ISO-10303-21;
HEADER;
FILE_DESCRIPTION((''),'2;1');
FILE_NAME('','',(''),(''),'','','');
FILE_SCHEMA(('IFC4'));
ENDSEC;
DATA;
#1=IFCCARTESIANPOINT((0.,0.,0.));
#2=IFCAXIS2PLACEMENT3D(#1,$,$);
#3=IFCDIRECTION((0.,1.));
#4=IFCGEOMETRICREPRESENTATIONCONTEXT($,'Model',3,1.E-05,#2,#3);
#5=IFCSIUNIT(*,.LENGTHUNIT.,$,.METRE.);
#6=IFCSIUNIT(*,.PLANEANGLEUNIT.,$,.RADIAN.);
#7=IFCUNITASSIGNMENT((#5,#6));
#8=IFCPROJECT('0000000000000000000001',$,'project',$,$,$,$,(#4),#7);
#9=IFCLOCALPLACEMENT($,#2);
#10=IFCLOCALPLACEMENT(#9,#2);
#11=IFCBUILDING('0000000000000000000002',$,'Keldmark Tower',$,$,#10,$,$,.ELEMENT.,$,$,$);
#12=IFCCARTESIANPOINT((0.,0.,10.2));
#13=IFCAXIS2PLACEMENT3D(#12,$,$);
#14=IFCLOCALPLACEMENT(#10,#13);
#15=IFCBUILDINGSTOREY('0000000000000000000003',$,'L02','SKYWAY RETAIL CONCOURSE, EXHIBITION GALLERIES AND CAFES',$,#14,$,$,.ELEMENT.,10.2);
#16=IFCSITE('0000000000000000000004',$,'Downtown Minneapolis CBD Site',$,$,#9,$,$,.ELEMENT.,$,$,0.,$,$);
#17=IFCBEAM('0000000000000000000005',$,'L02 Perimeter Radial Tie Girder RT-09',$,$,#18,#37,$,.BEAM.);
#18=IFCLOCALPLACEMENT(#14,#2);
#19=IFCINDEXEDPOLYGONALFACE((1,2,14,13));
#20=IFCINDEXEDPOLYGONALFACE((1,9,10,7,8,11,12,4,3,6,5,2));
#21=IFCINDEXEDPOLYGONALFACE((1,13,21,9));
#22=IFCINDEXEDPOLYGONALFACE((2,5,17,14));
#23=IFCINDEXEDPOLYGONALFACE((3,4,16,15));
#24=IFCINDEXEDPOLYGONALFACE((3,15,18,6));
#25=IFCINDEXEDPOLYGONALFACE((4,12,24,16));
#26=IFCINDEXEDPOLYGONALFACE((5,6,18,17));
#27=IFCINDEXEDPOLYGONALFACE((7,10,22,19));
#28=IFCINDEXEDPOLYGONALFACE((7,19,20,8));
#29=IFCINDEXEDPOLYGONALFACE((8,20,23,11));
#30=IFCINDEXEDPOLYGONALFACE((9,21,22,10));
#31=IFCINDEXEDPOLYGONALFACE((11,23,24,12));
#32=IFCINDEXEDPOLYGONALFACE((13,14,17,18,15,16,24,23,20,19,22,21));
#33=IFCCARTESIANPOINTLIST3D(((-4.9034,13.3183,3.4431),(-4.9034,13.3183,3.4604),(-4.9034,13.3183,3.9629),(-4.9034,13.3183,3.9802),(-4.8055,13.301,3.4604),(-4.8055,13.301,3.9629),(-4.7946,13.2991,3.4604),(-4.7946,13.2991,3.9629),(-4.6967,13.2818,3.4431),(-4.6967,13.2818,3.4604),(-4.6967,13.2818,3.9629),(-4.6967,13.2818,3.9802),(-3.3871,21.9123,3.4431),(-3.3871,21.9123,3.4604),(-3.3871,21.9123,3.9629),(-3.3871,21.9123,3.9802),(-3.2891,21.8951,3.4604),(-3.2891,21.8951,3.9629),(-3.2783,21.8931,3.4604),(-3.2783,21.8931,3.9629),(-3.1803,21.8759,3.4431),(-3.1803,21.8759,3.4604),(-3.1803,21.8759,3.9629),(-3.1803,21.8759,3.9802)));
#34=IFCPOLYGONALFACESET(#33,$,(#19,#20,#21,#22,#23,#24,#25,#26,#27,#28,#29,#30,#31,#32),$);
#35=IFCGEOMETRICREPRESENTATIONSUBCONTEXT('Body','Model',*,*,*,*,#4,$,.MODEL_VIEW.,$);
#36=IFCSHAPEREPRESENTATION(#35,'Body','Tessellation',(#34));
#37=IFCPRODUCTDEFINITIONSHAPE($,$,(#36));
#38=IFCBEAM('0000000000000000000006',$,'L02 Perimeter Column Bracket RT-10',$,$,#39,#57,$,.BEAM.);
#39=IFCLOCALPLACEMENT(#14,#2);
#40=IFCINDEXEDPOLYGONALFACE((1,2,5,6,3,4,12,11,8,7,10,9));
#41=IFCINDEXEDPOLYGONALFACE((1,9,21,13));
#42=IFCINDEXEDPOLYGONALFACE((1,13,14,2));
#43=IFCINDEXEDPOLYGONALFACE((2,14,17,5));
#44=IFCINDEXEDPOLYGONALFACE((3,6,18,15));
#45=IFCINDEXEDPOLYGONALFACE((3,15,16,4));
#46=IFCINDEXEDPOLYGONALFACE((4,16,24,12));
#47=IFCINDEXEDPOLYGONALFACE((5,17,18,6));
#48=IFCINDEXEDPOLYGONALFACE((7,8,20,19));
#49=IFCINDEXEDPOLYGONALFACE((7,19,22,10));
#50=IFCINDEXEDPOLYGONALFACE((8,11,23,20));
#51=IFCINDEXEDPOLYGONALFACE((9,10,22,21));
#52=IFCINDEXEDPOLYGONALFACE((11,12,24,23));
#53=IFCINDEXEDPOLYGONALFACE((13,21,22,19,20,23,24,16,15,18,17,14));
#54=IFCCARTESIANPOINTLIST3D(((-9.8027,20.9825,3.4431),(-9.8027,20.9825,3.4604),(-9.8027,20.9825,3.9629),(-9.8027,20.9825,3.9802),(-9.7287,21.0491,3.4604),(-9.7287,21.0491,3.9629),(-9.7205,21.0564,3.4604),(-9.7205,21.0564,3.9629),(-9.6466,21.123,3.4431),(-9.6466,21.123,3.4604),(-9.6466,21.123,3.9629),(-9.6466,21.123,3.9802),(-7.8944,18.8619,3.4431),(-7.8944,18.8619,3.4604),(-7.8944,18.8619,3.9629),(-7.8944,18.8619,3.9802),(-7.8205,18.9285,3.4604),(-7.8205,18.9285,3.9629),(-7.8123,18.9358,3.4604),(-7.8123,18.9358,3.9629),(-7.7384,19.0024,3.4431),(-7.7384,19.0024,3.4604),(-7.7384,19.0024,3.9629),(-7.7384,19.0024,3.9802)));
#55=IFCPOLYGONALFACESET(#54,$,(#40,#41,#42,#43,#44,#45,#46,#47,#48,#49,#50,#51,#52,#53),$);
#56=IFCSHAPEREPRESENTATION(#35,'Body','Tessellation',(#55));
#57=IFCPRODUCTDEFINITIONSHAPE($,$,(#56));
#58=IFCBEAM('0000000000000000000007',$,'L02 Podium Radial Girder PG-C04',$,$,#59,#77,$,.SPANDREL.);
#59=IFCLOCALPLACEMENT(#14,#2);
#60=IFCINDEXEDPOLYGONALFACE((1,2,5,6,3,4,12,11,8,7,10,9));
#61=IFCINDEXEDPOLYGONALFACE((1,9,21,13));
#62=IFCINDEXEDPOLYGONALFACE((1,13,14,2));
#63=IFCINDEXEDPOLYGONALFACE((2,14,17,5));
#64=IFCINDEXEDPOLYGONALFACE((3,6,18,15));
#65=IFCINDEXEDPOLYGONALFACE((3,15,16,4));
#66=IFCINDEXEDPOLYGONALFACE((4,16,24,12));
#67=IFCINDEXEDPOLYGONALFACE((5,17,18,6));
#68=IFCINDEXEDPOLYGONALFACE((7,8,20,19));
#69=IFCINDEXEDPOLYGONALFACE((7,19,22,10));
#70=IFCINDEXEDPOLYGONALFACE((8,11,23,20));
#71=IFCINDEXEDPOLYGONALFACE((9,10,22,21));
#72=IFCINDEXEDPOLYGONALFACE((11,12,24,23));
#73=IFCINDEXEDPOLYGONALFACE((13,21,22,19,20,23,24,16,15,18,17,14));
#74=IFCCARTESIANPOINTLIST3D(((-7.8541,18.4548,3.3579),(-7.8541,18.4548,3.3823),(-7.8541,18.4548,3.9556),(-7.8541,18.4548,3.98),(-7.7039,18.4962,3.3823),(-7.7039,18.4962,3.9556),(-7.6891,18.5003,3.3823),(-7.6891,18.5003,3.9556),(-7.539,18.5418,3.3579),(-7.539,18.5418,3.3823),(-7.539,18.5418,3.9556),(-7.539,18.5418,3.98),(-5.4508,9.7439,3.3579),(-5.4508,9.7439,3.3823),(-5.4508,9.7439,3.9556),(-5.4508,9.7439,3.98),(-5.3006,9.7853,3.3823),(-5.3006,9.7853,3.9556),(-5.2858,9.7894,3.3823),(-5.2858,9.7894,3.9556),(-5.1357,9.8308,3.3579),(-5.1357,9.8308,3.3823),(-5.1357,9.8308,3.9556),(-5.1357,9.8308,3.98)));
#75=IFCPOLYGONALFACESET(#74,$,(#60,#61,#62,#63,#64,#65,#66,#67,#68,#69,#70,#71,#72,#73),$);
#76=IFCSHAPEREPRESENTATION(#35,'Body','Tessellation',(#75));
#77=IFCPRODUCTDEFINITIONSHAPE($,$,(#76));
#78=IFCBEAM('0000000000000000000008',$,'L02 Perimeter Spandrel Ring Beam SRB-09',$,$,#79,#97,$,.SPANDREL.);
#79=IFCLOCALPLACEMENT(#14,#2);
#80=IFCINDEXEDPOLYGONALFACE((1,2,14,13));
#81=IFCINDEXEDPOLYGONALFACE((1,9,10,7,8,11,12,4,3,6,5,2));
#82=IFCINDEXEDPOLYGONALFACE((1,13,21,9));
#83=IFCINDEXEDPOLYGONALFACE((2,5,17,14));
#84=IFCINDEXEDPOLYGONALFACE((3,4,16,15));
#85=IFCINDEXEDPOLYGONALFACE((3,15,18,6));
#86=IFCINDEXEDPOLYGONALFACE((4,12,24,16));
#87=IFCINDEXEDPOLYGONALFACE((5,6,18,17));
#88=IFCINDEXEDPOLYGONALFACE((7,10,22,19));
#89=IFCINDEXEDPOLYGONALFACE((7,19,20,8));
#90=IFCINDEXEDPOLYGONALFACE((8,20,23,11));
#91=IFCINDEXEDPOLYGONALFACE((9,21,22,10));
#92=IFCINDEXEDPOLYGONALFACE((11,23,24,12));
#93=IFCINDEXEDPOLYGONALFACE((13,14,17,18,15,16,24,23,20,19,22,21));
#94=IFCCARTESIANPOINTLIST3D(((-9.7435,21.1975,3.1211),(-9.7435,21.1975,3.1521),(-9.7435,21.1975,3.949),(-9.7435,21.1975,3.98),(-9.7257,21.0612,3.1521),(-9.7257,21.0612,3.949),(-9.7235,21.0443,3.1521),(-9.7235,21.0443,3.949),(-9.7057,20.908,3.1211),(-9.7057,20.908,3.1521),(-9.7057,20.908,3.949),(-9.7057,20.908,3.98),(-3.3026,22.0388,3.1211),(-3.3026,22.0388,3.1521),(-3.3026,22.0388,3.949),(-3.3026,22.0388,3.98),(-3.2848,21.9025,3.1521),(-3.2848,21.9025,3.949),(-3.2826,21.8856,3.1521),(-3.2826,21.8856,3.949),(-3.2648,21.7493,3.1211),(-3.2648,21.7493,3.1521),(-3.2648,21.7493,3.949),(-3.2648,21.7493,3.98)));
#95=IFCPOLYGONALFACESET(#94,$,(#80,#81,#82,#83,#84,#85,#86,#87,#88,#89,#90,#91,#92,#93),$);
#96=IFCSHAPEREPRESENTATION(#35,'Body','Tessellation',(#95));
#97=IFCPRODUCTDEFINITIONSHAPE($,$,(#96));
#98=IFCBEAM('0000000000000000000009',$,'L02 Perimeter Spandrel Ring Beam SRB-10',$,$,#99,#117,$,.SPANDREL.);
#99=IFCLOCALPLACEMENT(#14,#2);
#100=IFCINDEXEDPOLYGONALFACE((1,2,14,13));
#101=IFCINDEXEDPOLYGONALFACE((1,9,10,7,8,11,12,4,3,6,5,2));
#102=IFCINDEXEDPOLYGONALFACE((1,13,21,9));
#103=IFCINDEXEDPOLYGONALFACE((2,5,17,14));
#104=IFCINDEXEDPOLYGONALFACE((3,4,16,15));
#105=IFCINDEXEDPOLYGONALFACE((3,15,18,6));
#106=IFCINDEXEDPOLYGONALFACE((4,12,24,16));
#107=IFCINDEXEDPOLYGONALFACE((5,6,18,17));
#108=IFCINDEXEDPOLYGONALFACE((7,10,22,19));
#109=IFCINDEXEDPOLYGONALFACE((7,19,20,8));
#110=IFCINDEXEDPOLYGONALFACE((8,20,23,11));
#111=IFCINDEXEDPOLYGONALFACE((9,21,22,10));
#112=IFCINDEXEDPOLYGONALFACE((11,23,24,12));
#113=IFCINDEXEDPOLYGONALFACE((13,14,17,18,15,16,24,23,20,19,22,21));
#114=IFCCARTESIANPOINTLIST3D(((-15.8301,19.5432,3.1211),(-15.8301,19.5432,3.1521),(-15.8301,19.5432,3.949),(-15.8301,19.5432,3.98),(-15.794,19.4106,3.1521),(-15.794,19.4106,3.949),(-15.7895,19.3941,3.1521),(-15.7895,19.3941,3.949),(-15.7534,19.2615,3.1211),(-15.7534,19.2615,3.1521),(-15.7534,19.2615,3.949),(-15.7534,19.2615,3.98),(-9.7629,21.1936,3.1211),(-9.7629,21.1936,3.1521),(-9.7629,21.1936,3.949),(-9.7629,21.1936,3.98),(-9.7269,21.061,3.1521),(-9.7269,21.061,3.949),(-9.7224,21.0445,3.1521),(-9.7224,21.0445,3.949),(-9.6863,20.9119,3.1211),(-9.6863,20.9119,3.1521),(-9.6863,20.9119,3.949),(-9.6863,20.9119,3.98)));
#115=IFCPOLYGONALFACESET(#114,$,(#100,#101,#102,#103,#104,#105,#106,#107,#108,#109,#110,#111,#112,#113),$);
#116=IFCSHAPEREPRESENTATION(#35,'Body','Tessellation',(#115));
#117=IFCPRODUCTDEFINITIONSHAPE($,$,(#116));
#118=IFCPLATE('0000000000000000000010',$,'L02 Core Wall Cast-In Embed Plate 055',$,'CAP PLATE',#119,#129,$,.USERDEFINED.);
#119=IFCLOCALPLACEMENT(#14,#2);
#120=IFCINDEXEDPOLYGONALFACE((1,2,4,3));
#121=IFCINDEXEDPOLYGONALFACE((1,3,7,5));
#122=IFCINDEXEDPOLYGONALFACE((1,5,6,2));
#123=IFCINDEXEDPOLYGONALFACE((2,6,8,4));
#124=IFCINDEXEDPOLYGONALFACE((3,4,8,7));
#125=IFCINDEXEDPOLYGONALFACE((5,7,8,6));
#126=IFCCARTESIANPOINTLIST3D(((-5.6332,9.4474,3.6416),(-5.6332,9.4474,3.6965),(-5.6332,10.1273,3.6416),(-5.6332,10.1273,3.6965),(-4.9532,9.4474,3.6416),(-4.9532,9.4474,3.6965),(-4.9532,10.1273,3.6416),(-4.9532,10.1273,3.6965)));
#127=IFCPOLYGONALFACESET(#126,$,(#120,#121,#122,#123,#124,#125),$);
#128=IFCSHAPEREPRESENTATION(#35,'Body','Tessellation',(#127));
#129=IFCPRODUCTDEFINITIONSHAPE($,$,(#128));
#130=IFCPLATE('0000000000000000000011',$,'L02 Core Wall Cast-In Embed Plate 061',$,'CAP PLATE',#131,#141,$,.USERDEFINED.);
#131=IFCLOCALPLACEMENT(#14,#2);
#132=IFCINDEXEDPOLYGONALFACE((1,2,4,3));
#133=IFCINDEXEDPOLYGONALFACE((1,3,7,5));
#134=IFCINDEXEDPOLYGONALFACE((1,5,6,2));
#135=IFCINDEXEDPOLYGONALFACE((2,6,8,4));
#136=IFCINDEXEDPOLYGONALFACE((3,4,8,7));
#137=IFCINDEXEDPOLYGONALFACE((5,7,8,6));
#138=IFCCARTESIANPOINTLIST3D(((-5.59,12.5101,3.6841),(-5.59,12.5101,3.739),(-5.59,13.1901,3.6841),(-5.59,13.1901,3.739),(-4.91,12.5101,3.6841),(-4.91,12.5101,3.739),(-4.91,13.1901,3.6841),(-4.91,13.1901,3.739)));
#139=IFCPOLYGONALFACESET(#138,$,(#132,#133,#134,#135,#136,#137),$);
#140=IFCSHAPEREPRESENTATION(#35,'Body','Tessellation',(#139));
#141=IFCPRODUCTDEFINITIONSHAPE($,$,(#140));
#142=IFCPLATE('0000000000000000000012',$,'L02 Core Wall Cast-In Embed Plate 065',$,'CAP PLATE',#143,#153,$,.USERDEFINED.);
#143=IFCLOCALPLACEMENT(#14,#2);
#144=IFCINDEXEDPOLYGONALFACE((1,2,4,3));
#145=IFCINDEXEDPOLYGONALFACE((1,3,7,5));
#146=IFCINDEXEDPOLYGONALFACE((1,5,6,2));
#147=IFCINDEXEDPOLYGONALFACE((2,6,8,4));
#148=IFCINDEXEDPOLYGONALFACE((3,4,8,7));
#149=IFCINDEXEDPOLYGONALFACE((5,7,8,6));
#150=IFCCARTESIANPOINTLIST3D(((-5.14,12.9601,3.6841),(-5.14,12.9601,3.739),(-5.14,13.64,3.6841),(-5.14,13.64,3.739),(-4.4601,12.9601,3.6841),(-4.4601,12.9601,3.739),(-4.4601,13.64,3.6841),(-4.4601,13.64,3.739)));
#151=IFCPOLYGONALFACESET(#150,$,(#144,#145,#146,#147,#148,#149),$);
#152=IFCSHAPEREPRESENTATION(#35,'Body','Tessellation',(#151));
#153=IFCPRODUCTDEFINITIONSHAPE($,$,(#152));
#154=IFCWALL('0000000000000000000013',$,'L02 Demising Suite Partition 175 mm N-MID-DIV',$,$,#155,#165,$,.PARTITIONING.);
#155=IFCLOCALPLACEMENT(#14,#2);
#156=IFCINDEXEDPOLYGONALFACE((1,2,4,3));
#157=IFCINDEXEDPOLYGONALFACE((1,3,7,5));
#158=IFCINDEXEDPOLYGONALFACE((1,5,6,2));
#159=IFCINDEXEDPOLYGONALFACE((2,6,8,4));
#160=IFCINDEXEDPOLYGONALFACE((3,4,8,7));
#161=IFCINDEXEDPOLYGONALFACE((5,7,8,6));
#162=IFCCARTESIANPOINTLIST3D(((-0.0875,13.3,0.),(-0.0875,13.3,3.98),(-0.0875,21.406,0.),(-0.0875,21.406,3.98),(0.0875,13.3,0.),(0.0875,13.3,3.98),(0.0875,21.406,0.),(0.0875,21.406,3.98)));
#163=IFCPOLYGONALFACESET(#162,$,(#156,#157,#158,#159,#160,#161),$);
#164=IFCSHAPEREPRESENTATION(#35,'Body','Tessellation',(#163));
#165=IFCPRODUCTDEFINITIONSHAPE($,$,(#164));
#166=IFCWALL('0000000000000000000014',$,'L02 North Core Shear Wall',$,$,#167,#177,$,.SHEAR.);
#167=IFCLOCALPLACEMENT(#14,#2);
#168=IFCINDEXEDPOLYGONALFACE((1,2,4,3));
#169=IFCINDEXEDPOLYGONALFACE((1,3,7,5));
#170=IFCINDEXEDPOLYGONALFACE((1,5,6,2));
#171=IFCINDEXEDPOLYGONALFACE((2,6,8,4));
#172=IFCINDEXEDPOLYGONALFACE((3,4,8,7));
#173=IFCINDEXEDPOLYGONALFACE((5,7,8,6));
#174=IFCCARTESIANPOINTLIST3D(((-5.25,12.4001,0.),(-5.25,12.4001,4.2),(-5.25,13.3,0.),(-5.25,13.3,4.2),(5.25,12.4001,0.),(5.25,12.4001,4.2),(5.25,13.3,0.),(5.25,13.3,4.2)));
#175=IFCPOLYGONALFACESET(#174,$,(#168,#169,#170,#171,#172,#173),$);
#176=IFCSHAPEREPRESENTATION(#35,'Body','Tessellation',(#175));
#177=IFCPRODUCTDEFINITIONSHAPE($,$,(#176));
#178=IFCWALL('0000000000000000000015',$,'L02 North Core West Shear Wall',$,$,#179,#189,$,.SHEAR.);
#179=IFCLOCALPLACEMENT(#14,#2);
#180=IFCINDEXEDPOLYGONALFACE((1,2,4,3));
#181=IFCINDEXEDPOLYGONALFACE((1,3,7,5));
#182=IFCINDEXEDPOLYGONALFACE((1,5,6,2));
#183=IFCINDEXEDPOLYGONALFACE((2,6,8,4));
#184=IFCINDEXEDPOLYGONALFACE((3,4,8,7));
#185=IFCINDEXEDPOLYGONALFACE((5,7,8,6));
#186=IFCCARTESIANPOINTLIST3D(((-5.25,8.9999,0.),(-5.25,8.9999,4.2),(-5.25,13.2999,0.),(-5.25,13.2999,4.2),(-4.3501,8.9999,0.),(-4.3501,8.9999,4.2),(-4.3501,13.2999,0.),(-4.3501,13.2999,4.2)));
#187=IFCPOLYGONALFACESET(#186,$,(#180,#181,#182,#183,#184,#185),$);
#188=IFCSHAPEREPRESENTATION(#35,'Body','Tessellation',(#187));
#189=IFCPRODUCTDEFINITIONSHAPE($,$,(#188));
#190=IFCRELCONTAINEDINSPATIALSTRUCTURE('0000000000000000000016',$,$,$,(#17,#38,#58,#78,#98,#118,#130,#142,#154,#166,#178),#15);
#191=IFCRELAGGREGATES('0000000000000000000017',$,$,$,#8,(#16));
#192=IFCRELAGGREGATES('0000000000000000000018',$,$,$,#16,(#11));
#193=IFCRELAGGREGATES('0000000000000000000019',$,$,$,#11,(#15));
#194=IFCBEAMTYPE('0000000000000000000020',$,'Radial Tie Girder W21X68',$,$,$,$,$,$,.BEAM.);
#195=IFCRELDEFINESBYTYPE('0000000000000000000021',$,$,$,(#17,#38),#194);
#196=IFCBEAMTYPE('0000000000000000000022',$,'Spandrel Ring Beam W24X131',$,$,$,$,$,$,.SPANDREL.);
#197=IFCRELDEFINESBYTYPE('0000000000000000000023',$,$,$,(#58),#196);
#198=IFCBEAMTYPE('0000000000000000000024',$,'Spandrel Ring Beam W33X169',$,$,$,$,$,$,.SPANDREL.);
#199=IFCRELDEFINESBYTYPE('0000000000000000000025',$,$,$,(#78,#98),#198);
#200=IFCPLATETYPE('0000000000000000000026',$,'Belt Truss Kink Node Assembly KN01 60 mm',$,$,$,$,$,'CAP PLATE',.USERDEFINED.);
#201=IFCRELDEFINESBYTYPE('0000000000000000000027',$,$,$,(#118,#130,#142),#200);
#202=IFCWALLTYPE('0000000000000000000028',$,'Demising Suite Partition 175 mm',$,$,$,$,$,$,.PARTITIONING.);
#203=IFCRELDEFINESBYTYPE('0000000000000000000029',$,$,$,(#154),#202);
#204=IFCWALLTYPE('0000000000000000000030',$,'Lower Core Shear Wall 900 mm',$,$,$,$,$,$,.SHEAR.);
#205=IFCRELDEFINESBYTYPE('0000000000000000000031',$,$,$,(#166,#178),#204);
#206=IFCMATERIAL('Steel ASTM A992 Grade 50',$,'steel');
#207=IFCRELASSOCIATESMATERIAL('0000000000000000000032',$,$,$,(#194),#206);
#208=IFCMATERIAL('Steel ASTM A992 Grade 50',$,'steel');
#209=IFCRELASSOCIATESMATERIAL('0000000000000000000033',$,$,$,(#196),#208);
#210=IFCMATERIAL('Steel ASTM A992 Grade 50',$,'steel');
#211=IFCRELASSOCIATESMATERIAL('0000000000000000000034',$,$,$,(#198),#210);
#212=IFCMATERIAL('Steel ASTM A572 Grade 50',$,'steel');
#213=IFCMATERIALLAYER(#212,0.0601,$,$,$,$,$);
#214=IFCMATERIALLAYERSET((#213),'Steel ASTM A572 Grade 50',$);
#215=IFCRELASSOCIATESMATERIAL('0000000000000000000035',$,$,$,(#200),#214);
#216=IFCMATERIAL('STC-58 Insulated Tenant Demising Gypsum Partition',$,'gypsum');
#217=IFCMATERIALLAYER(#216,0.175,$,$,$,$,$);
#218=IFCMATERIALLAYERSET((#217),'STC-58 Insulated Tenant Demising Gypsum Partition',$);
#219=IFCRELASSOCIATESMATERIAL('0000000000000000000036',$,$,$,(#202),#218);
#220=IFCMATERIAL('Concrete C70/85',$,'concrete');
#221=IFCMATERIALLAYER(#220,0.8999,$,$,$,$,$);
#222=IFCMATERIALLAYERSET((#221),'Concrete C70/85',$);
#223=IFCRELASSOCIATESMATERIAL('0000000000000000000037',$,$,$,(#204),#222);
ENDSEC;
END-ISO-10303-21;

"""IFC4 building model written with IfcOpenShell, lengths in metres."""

from ifc_helpers import new_model, si_unit, direction, frame, frame_2d, origin, origin_2d, place, context, subcontext, project, spatial, rectangle, i_section, extrude, material, layer, layer_set, material_profile, profile_set, type_object, element, save


model = new_model("IFC4")

# Units and contexts
model_context = context("Model", 3, precision=1e-05, world=origin(), true_north=direction((0.0, 1.0)))
body_context = subcontext(model_context, "Body", "Model", "MODEL_VIEW")
ifc_project = project(units=[si_unit("LENGTHUNIT", "METRE"), si_unit("PLANEANGLEUNIT", "RADIAN")], contexts=[model_context])

# Site, building, storey
site_placement = place(None, origin())
site = spatial("IfcSite", under=ifc_project, at=site_placement, Name="Downtown Minneapolis CBD Site", CompositionType="ELEMENT", RefElevation=0.0)
building_placement = place(site_placement, origin())
building = spatial("IfcBuilding", under=site, at=building_placement, Name="Keldmark Tower", CompositionType="ELEMENT")
storey_placement = place(building_placement, frame((0.0, 0.0, 10.2)))
storey = spatial("IfcBuildingStorey", under=building, at=storey_placement, Name="L02", Description="SKYWAY RETAIL CONCOURSE, EXHIBITION GALLERIES AND CAFES", CompositionType="ELEMENT", Elevation=10.2)

# Beams
ifc_material_1 = material(Name="Steel ASTM A992 Grade 50", Category="steel")
ifc_material_profile_1 = material_profile(ifc_material_1, i_section(OverallWidth=0.21, OverallDepth=0.5371, WebThickness=0.011, FlangeThickness=0.0173, at=origin_2d()), Name="W21X68")
ifc_profile_set_1 = profile_set([ifc_material_profile_1], Name="Steel ASTM A992 Grade 50")
beam_type_1 = type_object("IfcBeamType", Name="Radial Tie Girder W21X68", PredefinedType="BEAM", material=ifc_profile_set_1)
beam_1_placement = place(storey_placement, frame((-4.8, 13.3, 3.7117), z_axis=(0.17376, 0.984788, 0.0), x_axis=(-0.984788, 0.17376, 0.0)))
element("IfcBeam", 1, at=beam_1_placement, inside=storey, type_object=beam_type_1, Name="L02 Perimeter Radial Tie Girder RT-09", PredefinedType="BEAM", context=body_context, shape_type="SweptSolid", body=[
    extrude(i_section(OverallWidth=0.21, OverallDepth=0.5371, WebThickness=0.011, FlangeThickness=0.0173, at=origin_2d()), origin(), (0.0, 0.0, 1.0), 8.7268),
])
beam_2_placement = place(storey_placement, frame((-7.8164, 18.9321, 3.7117), z_axis=(-0.668899, 0.743354, 0.0), x_axis=(-0.743354, -0.668899, 0.0)))
element("IfcBeam", 2, at=beam_2_placement, inside=storey, type_object=beam_type_1, Name="L02 Perimeter Column Bracket RT-10", PredefinedType="BEAM", context=body_context, shape_type="SweptSolid", body=[
    extrude(i_section(OverallWidth=0.21, OverallDepth=0.5371, WebThickness=0.011, FlangeThickness=0.0173, at=origin_2d()), origin(), (0.0, 0.0, 1.0), 2.8528),
])
ifc_material_2 = material(Name="Steel ASTM A992 Grade 50", Category="steel")
ifc_material_profile_2 = material_profile(ifc_material_2, i_section(OverallWidth=0.3269, OverallDepth=0.6221, WebThickness=0.0154, FlangeThickness=0.0244, at=origin_2d()), Name="W24X131")
ifc_profile_set_2 = profile_set([ifc_material_profile_2], Name="Steel ASTM A992 Grade 50")
beam_type_2 = type_object("IfcBeamType", Name="Spandrel Ring Beam W24X131", PredefinedType="SPANDREL", material=ifc_profile_set_2)
beam_3_placement = place(storey_placement, frame((-7.6965, 18.4983, 3.6689), z_axis=(0.26596, -0.963984, 0.0), x_axis=(0.963984, 0.26596, 0.0)))
element("IfcBeam", 3, at=beam_3_placement, inside=storey, type_object=beam_type_2, Name="L02 Podium Radial Girder PG-C04", PredefinedType="SPANDREL", context=body_context, shape_type="SweptSolid", body=[
    extrude(i_section(OverallWidth=0.3269, OverallDepth=0.6221, WebThickness=0.0154, FlangeThickness=0.0244, at=origin_2d()), origin(), (0.0, 0.0, 1.0), 9.0364),
])
ifc_material_3 = material(Name="Steel ASTM A992 Grade 50", Category="steel")
ifc_material_profile_3 = material_profile(ifc_material_3, i_section(OverallWidth=0.292, OverallDepth=0.8589, WebThickness=0.0171, FlangeThickness=0.031, at=origin_2d()), Name="W33X169")
ifc_profile_set_3 = profile_set([ifc_material_profile_3], Name="Steel ASTM A992 Grade 50")
beam_type_3 = type_object("IfcBeamType", Name="Spandrel Ring Beam W33X169", PredefinedType="SPANDREL", material=ifc_profile_set_3)
beam_4_placement = place(storey_placement, frame((-3.2837, 21.894, 3.5505), z_axis=(-0.991577, -0.129519, 0.0), x_axis=(0.129519, -0.991577, 0.0)))
element("IfcBeam", 4, at=beam_4_placement, inside=storey, type_object=beam_type_3, Name="L02 Perimeter Spandrel Ring Beam SRB-09", PredefinedType="SPANDREL", context=body_context, shape_type="SweptSolid", body=[
    extrude(i_section(OverallWidth=0.292, OverallDepth=0.8589, WebThickness=0.0171, FlangeThickness=0.031, at=origin_2d()), origin(), (0.0, 0.0, 1.0), 6.4956),
])
beam_5_placement = place(storey_placement, frame((-9.7246, 21.0527, 3.5505), z_axis=(-0.964937, -0.262483, 0.0), x_axis=(0.262483, -0.964937, 0.0)))
element("IfcBeam", 5, at=beam_5_placement, inside=storey, type_object=beam_type_3, Name="L02 Perimeter Spandrel Ring Beam SRB-10", PredefinedType="SPANDREL", context=body_context, shape_type="SweptSolid", body=[
    extrude(i_section(OverallWidth=0.292, OverallDepth=0.8589, WebThickness=0.0171, FlangeThickness=0.031, at=origin_2d()), origin(), (0.0, 0.0, 1.0), 6.2876),
])

# Plates
ifc_material_4 = material(Name="Steel ASTM A572 Grade 50", Category="steel")
ifc_layer_1 = layer(ifc_material_4, 0.0601)
ifc_layer_set_1 = layer_set([ifc_layer_1], Name="Steel ASTM A572 Grade 50")
plate_type = type_object("IfcPlateType", Name="Belt Truss Kink Node Assembly KN01 60 mm", ElementType="CAP PLATE", PredefinedType="USERDEFINED", material=ifc_layer_set_1)
for number, where, z_axis, x_axis, name in (
    (6, (-5.2932, 9.7874, 3.6416), (0.0, 0.0, 1.0), (1.0, 0.0, 0.0), "L02 Core Wall Cast-In Embed Plate 055"),
    (7, (-5.25, 12.8501, 3.6841), (0.0, 0.0, 1.0), (1.0, 0.0, 0.0), "L02 Core Wall Cast-In Embed Plate 061"),
    (8, (-4.8, 13.3, 3.6841), (0.0, 0.0, 1.0), (1.0, 0.0, 0.0), "L02 Core Wall Cast-In Embed Plate 065"),
):
    element("IfcPlate", number, at=place(storey_placement, frame(where, z_axis=z_axis, x_axis=x_axis)), inside=storey, type_object=plate_type, Name=name, ObjectType="CAP PLATE", PredefinedType="USERDEFINED", context=body_context, shape_type="SweptSolid", body=[
        extrude(rectangle(XDim=0.6799, YDim=0.6799, at=origin_2d()), origin(), (0.0, 0.0, 1.0), 0.0549),
    ])

# Walls
ifc_material_5 = material(Name="STC-58 Insulated Tenant Demising Gypsum Partition", Category="gypsum")
ifc_layer_2 = layer(ifc_material_5, 0.175)
ifc_layer_set_2 = layer_set([ifc_layer_2], Name="STC-58 Insulated Tenant Demising Gypsum Partition")
wall_type_1 = type_object("IfcWallType", Name="Demising Suite Partition 175 mm", PredefinedType="PARTITIONING", material=ifc_layer_set_2)
wall_1_placement = place(storey_placement, frame((0.0, 13.3, 0.0), z_axis=(0.0, 0.0, 1.0), x_axis=(0.0, 1.0, 0.0)))
element("IfcWall", 9, at=wall_1_placement, inside=storey, type_object=wall_type_1, Name="L02 Demising Suite Partition 175 mm N-MID-DIV", PredefinedType="PARTITIONING", context=body_context, shape_type="SweptSolid", body=[
    extrude(rectangle(XDim=8.106, YDim=0.175, at=frame_2d((4.053, 0.0))), origin(), (0.0, 0.0, 1.0), 3.98),
])
ifc_material_6 = material(Name="Concrete C70/85", Category="concrete")
ifc_layer_3 = layer(ifc_material_6, 0.8999)
ifc_layer_set_3 = layer_set([ifc_layer_3], Name="Concrete C70/85")
wall_type_2 = type_object("IfcWallType", Name="Lower Core Shear Wall 900 mm", PredefinedType="SHEAR", material=ifc_layer_set_3)
wall_2_placement = place(storey_placement, frame((-5.25, 12.8501, 0.0), z_axis=(0.0, 0.0, 1.0), x_axis=(1.0, 0.0, 0.0)))
element("IfcWall", 10, at=wall_2_placement, inside=storey, type_object=wall_type_2, Name="L02 North Core Shear Wall", PredefinedType="SHEAR", context=body_context, shape_type="SweptSolid", body=[
    extrude(rectangle(XDim=10.5, YDim=0.8999, at=frame_2d((5.25, 0.0))), origin(), (0.0, 0.0, 1.0), 4.2),
])
wall_3_placement = place(storey_placement, frame((-4.8, 9.0, 0.0), z_axis=(0.0, 0.0, 1.0), x_axis=(0.0, 1.0, 0.0)))
element("IfcWall", 11, at=wall_3_placement, inside=storey, type_object=wall_type_2, Name="L02 North Core West Shear Wall", PredefinedType="SHEAR", context=body_context, shape_type="SweptSolid", body=[
    extrude(rectangle(XDim=4.3, YDim=0.8999, at=frame_2d((2.1499, 0.0))), origin(), (0.0, 0.0, 1.0), 4.2),
])

save(model, "model.ifc")
